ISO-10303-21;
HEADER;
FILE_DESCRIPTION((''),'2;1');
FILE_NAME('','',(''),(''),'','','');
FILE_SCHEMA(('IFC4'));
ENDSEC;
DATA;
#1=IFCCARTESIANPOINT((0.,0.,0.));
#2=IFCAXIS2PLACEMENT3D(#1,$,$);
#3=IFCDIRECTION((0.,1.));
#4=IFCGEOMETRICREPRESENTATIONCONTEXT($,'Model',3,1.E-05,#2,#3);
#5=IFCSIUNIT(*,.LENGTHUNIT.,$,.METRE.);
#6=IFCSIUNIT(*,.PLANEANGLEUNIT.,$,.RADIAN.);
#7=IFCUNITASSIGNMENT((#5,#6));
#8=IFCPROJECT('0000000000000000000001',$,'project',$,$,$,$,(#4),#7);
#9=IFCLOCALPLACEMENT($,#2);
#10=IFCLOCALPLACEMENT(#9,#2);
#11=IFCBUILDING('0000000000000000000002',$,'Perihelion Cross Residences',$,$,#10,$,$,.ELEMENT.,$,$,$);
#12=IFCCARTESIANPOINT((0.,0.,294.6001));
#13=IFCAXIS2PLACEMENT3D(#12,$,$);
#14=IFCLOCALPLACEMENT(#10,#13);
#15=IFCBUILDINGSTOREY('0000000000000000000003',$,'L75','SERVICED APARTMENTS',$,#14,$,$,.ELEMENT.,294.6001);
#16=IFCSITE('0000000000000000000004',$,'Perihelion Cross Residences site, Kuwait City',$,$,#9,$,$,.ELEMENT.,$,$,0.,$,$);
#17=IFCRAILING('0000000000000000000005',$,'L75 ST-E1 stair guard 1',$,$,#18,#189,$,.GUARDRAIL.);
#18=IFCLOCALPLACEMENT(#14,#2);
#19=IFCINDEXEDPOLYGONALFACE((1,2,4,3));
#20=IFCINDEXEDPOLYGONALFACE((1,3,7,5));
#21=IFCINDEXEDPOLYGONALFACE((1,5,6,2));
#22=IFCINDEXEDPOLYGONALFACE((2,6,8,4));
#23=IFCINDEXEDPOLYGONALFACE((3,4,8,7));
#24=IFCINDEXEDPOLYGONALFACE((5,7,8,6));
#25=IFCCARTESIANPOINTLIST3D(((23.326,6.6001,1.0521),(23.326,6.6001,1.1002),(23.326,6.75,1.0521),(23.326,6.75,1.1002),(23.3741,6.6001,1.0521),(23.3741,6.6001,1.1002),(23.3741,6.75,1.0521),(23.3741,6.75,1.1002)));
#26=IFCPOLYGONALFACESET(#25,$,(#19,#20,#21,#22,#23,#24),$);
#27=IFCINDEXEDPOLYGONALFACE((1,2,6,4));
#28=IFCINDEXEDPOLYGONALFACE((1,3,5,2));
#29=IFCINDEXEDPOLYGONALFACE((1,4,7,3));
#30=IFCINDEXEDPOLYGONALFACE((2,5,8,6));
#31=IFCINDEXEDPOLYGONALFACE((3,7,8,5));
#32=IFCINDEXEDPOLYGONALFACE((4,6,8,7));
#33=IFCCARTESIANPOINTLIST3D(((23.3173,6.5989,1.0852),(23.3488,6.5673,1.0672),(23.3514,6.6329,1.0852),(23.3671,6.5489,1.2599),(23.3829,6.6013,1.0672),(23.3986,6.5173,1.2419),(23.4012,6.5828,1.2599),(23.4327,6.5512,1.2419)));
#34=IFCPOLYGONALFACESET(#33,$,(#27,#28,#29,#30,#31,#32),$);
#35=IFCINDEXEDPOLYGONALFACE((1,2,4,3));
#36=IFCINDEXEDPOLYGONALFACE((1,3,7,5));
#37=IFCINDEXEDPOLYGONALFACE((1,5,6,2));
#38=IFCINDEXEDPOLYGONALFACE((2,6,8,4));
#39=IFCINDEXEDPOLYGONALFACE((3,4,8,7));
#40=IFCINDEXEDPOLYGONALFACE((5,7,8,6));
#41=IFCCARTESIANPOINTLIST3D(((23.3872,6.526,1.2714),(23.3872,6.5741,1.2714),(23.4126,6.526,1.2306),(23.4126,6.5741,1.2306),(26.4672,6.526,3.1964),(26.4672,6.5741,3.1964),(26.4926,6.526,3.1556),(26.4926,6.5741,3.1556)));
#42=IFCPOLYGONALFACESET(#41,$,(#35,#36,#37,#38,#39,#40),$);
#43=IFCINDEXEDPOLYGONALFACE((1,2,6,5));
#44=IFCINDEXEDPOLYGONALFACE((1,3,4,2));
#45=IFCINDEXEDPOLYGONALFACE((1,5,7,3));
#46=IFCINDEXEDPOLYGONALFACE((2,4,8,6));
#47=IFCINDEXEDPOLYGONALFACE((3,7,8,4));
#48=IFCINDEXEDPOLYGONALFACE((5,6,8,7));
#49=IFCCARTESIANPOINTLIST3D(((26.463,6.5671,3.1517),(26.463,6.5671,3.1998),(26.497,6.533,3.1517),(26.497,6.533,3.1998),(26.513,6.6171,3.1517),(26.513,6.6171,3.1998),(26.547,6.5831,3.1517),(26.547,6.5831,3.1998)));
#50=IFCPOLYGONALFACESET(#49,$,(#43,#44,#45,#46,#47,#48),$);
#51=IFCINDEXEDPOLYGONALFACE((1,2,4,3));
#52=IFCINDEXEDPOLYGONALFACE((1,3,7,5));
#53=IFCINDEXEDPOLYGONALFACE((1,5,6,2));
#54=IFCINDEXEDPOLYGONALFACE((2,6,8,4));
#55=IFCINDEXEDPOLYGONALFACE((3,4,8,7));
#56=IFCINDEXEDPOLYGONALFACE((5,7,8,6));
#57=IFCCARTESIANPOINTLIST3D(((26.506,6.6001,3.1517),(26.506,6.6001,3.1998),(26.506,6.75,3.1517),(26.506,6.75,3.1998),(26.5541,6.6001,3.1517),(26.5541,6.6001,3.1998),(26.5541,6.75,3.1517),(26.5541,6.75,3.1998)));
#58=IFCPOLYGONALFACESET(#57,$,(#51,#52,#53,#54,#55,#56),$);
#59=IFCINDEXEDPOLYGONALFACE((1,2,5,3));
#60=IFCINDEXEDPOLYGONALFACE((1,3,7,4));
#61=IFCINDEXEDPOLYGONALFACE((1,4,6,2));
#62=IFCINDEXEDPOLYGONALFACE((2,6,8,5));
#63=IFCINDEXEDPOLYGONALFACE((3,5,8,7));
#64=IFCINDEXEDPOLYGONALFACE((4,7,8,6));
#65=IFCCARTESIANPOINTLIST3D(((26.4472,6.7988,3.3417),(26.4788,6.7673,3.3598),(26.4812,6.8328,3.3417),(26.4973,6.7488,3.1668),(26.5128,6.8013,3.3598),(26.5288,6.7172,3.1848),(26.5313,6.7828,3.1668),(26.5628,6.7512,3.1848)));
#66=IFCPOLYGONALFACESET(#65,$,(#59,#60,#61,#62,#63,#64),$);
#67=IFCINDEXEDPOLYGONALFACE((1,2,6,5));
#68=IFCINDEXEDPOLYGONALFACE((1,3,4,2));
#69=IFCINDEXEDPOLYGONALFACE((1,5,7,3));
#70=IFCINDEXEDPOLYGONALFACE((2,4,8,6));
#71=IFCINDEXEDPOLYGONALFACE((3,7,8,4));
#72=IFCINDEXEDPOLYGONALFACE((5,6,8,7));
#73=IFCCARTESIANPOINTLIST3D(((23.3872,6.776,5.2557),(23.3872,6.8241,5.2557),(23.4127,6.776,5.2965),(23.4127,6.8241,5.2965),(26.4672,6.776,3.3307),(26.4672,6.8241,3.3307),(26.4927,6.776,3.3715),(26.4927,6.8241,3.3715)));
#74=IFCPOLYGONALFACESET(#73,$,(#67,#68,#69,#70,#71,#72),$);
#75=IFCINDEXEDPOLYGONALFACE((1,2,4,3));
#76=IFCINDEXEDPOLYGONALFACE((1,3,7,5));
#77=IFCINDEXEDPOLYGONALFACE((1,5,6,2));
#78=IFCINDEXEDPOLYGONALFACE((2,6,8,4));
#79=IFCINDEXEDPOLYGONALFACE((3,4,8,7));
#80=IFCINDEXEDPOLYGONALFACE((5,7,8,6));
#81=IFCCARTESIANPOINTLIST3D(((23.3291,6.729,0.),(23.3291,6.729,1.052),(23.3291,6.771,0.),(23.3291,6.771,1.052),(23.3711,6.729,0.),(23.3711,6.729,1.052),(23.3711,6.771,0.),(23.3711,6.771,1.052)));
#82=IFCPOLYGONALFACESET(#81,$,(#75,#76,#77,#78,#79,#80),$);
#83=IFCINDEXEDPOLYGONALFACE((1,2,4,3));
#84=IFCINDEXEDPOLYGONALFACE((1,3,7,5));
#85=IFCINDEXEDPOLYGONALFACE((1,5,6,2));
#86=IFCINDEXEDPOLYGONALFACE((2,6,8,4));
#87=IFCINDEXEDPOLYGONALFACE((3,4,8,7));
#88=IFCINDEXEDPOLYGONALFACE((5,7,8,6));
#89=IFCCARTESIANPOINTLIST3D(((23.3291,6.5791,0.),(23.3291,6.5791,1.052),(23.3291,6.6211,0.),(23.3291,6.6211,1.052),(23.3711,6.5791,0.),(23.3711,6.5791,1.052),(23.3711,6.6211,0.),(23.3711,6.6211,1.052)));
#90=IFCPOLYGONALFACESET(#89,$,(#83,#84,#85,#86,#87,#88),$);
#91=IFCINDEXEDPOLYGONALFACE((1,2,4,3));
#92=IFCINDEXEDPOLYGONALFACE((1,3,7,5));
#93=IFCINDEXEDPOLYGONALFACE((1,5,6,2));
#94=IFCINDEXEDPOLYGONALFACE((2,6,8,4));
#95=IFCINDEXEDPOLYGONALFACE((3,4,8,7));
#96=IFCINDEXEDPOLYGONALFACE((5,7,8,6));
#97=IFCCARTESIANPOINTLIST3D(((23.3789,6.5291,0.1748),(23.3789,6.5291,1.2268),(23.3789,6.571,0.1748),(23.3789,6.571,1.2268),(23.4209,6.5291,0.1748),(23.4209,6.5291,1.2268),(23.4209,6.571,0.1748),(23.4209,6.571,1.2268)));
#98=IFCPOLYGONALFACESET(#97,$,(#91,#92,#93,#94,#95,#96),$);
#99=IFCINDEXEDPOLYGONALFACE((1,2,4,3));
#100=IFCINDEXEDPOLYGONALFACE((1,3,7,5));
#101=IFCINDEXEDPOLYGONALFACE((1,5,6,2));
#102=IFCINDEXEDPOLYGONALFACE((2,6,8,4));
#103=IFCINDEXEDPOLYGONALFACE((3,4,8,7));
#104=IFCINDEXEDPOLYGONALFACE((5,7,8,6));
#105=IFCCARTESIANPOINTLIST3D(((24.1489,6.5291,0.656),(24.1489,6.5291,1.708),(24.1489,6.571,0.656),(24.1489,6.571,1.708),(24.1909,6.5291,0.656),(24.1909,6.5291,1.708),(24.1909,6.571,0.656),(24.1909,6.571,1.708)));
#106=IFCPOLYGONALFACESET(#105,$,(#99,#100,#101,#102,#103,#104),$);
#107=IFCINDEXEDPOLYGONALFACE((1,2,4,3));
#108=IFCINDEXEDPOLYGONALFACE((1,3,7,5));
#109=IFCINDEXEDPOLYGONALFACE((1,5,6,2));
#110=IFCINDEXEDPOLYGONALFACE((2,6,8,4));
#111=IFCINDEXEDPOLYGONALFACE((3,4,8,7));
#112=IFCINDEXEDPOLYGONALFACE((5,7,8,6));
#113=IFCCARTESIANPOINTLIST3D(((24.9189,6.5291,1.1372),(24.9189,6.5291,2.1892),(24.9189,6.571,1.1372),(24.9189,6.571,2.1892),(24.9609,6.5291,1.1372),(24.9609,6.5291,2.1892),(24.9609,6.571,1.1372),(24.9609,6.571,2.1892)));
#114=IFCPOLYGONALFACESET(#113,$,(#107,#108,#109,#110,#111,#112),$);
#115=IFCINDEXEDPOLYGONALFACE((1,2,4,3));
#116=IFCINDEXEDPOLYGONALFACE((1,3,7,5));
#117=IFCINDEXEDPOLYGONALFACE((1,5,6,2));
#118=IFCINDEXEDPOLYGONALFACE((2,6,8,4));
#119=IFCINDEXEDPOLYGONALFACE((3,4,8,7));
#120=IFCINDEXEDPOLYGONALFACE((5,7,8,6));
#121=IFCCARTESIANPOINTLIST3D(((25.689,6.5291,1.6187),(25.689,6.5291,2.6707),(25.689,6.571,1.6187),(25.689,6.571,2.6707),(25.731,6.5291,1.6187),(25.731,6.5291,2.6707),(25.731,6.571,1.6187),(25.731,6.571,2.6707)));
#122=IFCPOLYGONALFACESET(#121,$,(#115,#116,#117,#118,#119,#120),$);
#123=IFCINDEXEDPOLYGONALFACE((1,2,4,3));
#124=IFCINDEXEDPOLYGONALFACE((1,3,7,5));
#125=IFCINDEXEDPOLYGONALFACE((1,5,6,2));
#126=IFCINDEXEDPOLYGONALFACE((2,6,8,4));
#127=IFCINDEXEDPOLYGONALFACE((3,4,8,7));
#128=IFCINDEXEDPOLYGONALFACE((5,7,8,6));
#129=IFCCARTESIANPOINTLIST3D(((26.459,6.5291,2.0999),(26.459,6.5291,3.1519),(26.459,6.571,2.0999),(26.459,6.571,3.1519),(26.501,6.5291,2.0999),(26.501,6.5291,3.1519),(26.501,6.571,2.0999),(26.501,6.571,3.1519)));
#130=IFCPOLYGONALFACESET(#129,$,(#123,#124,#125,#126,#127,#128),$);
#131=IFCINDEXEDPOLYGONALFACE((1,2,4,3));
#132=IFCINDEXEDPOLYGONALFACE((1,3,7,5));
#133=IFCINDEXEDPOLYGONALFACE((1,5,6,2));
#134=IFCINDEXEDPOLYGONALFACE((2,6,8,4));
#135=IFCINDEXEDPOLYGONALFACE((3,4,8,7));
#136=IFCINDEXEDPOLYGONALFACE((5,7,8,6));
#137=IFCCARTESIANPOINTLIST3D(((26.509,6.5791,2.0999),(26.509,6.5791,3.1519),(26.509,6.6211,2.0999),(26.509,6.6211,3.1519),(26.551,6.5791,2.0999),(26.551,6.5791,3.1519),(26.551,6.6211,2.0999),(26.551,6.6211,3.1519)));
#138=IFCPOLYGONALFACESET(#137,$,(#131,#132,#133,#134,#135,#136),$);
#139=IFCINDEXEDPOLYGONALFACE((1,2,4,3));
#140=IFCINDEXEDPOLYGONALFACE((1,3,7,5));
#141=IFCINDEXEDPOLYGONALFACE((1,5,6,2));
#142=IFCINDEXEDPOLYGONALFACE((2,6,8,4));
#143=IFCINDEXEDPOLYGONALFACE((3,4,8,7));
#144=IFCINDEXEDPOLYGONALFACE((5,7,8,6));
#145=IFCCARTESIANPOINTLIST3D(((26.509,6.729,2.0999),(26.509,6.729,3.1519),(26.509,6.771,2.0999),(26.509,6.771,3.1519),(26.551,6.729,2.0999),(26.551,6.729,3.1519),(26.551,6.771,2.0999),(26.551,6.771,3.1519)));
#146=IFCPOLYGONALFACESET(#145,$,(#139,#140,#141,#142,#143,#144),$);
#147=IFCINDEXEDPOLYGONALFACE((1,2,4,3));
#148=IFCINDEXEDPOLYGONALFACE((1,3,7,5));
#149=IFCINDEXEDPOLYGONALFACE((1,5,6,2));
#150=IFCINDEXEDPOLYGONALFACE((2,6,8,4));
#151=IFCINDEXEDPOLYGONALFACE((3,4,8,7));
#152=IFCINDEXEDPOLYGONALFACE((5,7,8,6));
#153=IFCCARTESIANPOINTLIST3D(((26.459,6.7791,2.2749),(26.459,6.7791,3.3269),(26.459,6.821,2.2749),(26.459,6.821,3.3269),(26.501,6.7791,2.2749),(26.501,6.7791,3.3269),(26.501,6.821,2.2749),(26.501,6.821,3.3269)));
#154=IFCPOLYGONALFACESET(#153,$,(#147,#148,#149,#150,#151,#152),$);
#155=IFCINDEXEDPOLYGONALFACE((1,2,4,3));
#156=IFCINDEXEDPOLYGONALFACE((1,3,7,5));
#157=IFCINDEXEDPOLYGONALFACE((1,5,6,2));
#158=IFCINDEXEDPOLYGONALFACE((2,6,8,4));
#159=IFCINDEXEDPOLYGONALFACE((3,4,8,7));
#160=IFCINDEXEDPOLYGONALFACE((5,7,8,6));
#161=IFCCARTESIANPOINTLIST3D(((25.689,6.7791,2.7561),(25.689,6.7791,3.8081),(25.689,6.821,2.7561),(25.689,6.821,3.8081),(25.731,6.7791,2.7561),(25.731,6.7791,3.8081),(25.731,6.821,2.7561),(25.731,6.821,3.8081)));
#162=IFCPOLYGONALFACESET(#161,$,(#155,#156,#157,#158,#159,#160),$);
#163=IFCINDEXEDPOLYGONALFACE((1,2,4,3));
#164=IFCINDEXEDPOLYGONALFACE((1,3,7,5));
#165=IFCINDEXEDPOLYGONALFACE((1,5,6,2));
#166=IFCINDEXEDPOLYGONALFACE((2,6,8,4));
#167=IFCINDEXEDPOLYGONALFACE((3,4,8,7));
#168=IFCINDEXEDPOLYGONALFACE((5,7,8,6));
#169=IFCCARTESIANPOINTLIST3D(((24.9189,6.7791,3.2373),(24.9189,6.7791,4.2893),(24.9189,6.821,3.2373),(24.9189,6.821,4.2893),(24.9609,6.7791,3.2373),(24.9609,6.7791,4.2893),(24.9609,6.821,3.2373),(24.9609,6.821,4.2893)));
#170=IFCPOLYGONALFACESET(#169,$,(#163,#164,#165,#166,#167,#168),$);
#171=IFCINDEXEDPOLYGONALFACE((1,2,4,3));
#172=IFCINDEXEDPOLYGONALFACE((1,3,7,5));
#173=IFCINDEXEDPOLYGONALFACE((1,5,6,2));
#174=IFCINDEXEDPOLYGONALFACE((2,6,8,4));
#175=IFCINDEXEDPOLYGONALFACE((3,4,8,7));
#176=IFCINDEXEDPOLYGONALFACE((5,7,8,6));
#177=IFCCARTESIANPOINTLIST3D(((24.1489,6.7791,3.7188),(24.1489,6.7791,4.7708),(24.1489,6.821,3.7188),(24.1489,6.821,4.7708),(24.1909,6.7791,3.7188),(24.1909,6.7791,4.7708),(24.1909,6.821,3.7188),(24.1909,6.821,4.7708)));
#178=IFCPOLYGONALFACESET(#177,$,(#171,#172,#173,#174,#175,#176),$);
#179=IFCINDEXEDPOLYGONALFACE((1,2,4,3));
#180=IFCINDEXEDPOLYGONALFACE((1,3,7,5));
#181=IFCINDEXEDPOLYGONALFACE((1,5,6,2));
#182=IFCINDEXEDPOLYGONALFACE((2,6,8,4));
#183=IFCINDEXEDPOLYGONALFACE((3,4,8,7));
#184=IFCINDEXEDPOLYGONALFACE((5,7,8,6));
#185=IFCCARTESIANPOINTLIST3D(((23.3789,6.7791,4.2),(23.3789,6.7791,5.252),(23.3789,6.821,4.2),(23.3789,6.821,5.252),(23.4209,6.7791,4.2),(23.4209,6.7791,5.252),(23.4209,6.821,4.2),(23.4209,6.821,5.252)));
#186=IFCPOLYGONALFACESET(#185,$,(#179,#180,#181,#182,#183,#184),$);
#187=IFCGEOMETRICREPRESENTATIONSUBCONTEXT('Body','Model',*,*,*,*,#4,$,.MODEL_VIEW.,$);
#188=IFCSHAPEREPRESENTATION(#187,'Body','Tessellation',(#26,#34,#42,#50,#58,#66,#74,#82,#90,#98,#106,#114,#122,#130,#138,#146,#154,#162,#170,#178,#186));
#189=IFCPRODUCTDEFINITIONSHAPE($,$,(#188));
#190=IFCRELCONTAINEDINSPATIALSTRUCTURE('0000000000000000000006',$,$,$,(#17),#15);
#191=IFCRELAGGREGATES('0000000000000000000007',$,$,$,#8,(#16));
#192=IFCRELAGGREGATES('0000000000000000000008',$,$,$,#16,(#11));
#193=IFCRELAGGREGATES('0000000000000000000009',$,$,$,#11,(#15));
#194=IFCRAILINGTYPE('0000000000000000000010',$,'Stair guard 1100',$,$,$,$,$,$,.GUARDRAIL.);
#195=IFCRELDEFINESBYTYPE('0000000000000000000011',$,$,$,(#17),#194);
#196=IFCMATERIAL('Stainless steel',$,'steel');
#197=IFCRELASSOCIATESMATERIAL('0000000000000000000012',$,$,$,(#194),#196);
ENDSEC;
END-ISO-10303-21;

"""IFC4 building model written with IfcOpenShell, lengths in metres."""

from ifc_helpers import new_model, si_unit, direction, frame, origin, origin_2d, place, context, subcontext, project, spatial, rectangle, extrude, material, type_object, element, save


model = new_model("IFC4")

# Units and contexts
model_context = context("Model", 3, precision=1e-05, world=origin(), true_north=direction((0.0, 1.0)))
body_context = subcontext(model_context, "Body", "Model", "MODEL_VIEW")
ifc_project = project(units=[si_unit("LENGTHUNIT", "METRE"), si_unit("PLANEANGLEUNIT", "RADIAN")], contexts=[model_context])

# Site, building, storey
site_placement = place(None, origin())
site = spatial("IfcSite", under=ifc_project, at=site_placement, Name="Perihelion Cross Residences site, Kuwait City", CompositionType="ELEMENT", RefElevation=0.0)
building_placement = place(site_placement, origin())
building = spatial("IfcBuilding", under=site, at=building_placement, Name="Perihelion Cross Residences", CompositionType="ELEMENT")
storey_placement = place(building_placement, frame((0.0, 0.0, 294.6001)))
storey = spatial("IfcBuildingStorey", under=building, at=storey_placement, Name="L75", Description="SERVICED APARTMENTS", CompositionType="ELEMENT", Elevation=294.6001)

# Railing
ifc_material_1 = material(Name="Stainless steel", Category="steel")
railing_type_1 = type_object("IfcRailingType", Name="Stair guard 1100", PredefinedType="GUARDRAIL", material=ifc_material_1)
railing_1_placement = place(storey_placement, frame((23.3501, 6.75, 0.0)))
element("IfcRailing", 1, at=railing_1_placement, inside=storey, type_object=railing_type_1, Name="L75 ST-E1 stair guard 1", PredefinedType="GUARDRAIL", context=body_context, shape_type="SweptSolid", body=[
    extrude(rectangle(XDim=0.0481, YDim=0.0481, at=origin_2d()), frame((0.0, 0.0, 1.0762), z_axis=(0.0, -1.0, 0.0), x_axis=(1.0, 0.0, 0.0)), (0.0, 0.0, 1.0), 0.1499),
    extrude(rectangle(XDim=0.0481, YDim=0.0481, at=origin_2d()), frame((0.0, -0.1499, 1.0762), z_axis=(0.264179, -0.265474, 0.927218), x_axis=(0.708834, 0.705376, 0.0)), (0.0, 0.0, 1.0), 0.1885),
    extrude(rectangle(XDim=0.0481, YDim=0.0481, at=origin_2d()), frame((0.0498, -0.2, 1.251), z_axis=(0.847998, 0.0, 0.529999), x_axis=(0.0, 1.0, 0.0)), (0.0, 0.0, 1.0), 3.6321),
    extrude(rectangle(XDim=0.0481, YDim=0.0481, at=origin_2d()), frame((3.1299, -0.2, 3.1758), z_axis=(0.707107, 0.707107, 0.0), x_axis=(-0.707107, 0.707107, 0.0)), (0.0, 0.0, 1.0), 0.0708),
    extrude(rectangle(XDim=0.0481, YDim=0.0481, at=origin_2d()), frame((3.1799, -0.1499, 3.1758), z_axis=(0.0, 1.0, 0.0), x_axis=(-1.0, 0.0, 0.0)), (0.0, 0.0, 1.0), 0.1499),
    extrude(rectangle(XDim=0.0481, YDim=0.0481, at=origin_2d()), frame((3.1799, 0.0, 3.1758), z_axis=(-0.265065, 0.265065, 0.927082), x_axis=(-0.707107, -0.707107, 0.0)), (0.0, 0.0, 1.0), 0.1887),
    extrude(rectangle(XDim=0.0481, YDim=0.0481, at=origin_2d()), frame((3.1299, 0.05, 3.3511), z_axis=(-0.847998, 0.0, 0.529999), x_axis=(0.0, -1.0, 0.0)), (0.0, 0.0, 1.0), 3.6321),
    extrude(rectangle(XDim=0.042, YDim=0.042, at=origin_2d()), origin(), (0.0, 0.0, 1.0), 1.052),
    extrude(rectangle(XDim=0.042, YDim=0.042, at=origin_2d()), frame((0.0, -0.1499, 0.0)), (0.0, 0.0, 1.0), 1.052),
    extrude(rectangle(XDim=0.042, YDim=0.042, at=origin_2d()), frame((0.0498, -0.2, 0.1748)), (0.0, 0.0, 1.0), 1.052),
    extrude(rectangle(XDim=0.042, YDim=0.042, at=origin_2d()), frame((0.8198, -0.2, 0.656)), (0.0, 0.0, 1.0), 1.052),
    extrude(rectangle(XDim=0.042, YDim=0.042, at=origin_2d()), frame((1.5898, -0.2, 1.1372)), (0.0, 0.0, 1.0), 1.052),
    extrude(rectangle(XDim=0.042, YDim=0.042, at=origin_2d()), frame((2.3599, -0.2, 1.6187)), (0.0, 0.0, 1.0), 1.052),
    extrude(rectangle(XDim=0.042, YDim=0.042, at=origin_2d()), frame((3.1299, -0.2, 2.0999)), (0.0, 0.0, 1.0), 1.052),
    extrude(rectangle(XDim=0.042, YDim=0.042, at=origin_2d()), frame((3.1799, -0.1499, 2.0999)), (0.0, 0.0, 1.0), 1.052),
    extrude(rectangle(XDim=0.042, YDim=0.042, at=origin_2d()), frame((3.1799, 0.0, 2.0999)), (0.0, 0.0, 1.0), 1.052),
    extrude(rectangle(XDim=0.042, YDim=0.042, at=origin_2d()), frame((3.1299, 0.05, 2.2749)), (0.0, 0.0, 1.0), 1.052),
    extrude(rectangle(XDim=0.042, YDim=0.042, at=origin_2d()), frame((2.3599, 0.05, 2.7561)), (0.0, 0.0, 1.0), 1.052),
    extrude(rectangle(XDim=0.042, YDim=0.042, at=origin_2d()), frame((1.5898, 0.05, 3.2373)), (0.0, 0.0, 1.0), 1.052),
    extrude(rectangle(XDim=0.042, YDim=0.042, at=origin_2d()), frame((0.8198, 0.05, 3.7188)), (0.0, 0.0, 1.0), 1.052),
    extrude(rectangle(XDim=0.042, YDim=0.042, at=origin_2d()), frame((0.0498, 0.05, 4.2)), (0.0, 0.0, 1.0), 1.052),
])

save(model, "model.ifc")
